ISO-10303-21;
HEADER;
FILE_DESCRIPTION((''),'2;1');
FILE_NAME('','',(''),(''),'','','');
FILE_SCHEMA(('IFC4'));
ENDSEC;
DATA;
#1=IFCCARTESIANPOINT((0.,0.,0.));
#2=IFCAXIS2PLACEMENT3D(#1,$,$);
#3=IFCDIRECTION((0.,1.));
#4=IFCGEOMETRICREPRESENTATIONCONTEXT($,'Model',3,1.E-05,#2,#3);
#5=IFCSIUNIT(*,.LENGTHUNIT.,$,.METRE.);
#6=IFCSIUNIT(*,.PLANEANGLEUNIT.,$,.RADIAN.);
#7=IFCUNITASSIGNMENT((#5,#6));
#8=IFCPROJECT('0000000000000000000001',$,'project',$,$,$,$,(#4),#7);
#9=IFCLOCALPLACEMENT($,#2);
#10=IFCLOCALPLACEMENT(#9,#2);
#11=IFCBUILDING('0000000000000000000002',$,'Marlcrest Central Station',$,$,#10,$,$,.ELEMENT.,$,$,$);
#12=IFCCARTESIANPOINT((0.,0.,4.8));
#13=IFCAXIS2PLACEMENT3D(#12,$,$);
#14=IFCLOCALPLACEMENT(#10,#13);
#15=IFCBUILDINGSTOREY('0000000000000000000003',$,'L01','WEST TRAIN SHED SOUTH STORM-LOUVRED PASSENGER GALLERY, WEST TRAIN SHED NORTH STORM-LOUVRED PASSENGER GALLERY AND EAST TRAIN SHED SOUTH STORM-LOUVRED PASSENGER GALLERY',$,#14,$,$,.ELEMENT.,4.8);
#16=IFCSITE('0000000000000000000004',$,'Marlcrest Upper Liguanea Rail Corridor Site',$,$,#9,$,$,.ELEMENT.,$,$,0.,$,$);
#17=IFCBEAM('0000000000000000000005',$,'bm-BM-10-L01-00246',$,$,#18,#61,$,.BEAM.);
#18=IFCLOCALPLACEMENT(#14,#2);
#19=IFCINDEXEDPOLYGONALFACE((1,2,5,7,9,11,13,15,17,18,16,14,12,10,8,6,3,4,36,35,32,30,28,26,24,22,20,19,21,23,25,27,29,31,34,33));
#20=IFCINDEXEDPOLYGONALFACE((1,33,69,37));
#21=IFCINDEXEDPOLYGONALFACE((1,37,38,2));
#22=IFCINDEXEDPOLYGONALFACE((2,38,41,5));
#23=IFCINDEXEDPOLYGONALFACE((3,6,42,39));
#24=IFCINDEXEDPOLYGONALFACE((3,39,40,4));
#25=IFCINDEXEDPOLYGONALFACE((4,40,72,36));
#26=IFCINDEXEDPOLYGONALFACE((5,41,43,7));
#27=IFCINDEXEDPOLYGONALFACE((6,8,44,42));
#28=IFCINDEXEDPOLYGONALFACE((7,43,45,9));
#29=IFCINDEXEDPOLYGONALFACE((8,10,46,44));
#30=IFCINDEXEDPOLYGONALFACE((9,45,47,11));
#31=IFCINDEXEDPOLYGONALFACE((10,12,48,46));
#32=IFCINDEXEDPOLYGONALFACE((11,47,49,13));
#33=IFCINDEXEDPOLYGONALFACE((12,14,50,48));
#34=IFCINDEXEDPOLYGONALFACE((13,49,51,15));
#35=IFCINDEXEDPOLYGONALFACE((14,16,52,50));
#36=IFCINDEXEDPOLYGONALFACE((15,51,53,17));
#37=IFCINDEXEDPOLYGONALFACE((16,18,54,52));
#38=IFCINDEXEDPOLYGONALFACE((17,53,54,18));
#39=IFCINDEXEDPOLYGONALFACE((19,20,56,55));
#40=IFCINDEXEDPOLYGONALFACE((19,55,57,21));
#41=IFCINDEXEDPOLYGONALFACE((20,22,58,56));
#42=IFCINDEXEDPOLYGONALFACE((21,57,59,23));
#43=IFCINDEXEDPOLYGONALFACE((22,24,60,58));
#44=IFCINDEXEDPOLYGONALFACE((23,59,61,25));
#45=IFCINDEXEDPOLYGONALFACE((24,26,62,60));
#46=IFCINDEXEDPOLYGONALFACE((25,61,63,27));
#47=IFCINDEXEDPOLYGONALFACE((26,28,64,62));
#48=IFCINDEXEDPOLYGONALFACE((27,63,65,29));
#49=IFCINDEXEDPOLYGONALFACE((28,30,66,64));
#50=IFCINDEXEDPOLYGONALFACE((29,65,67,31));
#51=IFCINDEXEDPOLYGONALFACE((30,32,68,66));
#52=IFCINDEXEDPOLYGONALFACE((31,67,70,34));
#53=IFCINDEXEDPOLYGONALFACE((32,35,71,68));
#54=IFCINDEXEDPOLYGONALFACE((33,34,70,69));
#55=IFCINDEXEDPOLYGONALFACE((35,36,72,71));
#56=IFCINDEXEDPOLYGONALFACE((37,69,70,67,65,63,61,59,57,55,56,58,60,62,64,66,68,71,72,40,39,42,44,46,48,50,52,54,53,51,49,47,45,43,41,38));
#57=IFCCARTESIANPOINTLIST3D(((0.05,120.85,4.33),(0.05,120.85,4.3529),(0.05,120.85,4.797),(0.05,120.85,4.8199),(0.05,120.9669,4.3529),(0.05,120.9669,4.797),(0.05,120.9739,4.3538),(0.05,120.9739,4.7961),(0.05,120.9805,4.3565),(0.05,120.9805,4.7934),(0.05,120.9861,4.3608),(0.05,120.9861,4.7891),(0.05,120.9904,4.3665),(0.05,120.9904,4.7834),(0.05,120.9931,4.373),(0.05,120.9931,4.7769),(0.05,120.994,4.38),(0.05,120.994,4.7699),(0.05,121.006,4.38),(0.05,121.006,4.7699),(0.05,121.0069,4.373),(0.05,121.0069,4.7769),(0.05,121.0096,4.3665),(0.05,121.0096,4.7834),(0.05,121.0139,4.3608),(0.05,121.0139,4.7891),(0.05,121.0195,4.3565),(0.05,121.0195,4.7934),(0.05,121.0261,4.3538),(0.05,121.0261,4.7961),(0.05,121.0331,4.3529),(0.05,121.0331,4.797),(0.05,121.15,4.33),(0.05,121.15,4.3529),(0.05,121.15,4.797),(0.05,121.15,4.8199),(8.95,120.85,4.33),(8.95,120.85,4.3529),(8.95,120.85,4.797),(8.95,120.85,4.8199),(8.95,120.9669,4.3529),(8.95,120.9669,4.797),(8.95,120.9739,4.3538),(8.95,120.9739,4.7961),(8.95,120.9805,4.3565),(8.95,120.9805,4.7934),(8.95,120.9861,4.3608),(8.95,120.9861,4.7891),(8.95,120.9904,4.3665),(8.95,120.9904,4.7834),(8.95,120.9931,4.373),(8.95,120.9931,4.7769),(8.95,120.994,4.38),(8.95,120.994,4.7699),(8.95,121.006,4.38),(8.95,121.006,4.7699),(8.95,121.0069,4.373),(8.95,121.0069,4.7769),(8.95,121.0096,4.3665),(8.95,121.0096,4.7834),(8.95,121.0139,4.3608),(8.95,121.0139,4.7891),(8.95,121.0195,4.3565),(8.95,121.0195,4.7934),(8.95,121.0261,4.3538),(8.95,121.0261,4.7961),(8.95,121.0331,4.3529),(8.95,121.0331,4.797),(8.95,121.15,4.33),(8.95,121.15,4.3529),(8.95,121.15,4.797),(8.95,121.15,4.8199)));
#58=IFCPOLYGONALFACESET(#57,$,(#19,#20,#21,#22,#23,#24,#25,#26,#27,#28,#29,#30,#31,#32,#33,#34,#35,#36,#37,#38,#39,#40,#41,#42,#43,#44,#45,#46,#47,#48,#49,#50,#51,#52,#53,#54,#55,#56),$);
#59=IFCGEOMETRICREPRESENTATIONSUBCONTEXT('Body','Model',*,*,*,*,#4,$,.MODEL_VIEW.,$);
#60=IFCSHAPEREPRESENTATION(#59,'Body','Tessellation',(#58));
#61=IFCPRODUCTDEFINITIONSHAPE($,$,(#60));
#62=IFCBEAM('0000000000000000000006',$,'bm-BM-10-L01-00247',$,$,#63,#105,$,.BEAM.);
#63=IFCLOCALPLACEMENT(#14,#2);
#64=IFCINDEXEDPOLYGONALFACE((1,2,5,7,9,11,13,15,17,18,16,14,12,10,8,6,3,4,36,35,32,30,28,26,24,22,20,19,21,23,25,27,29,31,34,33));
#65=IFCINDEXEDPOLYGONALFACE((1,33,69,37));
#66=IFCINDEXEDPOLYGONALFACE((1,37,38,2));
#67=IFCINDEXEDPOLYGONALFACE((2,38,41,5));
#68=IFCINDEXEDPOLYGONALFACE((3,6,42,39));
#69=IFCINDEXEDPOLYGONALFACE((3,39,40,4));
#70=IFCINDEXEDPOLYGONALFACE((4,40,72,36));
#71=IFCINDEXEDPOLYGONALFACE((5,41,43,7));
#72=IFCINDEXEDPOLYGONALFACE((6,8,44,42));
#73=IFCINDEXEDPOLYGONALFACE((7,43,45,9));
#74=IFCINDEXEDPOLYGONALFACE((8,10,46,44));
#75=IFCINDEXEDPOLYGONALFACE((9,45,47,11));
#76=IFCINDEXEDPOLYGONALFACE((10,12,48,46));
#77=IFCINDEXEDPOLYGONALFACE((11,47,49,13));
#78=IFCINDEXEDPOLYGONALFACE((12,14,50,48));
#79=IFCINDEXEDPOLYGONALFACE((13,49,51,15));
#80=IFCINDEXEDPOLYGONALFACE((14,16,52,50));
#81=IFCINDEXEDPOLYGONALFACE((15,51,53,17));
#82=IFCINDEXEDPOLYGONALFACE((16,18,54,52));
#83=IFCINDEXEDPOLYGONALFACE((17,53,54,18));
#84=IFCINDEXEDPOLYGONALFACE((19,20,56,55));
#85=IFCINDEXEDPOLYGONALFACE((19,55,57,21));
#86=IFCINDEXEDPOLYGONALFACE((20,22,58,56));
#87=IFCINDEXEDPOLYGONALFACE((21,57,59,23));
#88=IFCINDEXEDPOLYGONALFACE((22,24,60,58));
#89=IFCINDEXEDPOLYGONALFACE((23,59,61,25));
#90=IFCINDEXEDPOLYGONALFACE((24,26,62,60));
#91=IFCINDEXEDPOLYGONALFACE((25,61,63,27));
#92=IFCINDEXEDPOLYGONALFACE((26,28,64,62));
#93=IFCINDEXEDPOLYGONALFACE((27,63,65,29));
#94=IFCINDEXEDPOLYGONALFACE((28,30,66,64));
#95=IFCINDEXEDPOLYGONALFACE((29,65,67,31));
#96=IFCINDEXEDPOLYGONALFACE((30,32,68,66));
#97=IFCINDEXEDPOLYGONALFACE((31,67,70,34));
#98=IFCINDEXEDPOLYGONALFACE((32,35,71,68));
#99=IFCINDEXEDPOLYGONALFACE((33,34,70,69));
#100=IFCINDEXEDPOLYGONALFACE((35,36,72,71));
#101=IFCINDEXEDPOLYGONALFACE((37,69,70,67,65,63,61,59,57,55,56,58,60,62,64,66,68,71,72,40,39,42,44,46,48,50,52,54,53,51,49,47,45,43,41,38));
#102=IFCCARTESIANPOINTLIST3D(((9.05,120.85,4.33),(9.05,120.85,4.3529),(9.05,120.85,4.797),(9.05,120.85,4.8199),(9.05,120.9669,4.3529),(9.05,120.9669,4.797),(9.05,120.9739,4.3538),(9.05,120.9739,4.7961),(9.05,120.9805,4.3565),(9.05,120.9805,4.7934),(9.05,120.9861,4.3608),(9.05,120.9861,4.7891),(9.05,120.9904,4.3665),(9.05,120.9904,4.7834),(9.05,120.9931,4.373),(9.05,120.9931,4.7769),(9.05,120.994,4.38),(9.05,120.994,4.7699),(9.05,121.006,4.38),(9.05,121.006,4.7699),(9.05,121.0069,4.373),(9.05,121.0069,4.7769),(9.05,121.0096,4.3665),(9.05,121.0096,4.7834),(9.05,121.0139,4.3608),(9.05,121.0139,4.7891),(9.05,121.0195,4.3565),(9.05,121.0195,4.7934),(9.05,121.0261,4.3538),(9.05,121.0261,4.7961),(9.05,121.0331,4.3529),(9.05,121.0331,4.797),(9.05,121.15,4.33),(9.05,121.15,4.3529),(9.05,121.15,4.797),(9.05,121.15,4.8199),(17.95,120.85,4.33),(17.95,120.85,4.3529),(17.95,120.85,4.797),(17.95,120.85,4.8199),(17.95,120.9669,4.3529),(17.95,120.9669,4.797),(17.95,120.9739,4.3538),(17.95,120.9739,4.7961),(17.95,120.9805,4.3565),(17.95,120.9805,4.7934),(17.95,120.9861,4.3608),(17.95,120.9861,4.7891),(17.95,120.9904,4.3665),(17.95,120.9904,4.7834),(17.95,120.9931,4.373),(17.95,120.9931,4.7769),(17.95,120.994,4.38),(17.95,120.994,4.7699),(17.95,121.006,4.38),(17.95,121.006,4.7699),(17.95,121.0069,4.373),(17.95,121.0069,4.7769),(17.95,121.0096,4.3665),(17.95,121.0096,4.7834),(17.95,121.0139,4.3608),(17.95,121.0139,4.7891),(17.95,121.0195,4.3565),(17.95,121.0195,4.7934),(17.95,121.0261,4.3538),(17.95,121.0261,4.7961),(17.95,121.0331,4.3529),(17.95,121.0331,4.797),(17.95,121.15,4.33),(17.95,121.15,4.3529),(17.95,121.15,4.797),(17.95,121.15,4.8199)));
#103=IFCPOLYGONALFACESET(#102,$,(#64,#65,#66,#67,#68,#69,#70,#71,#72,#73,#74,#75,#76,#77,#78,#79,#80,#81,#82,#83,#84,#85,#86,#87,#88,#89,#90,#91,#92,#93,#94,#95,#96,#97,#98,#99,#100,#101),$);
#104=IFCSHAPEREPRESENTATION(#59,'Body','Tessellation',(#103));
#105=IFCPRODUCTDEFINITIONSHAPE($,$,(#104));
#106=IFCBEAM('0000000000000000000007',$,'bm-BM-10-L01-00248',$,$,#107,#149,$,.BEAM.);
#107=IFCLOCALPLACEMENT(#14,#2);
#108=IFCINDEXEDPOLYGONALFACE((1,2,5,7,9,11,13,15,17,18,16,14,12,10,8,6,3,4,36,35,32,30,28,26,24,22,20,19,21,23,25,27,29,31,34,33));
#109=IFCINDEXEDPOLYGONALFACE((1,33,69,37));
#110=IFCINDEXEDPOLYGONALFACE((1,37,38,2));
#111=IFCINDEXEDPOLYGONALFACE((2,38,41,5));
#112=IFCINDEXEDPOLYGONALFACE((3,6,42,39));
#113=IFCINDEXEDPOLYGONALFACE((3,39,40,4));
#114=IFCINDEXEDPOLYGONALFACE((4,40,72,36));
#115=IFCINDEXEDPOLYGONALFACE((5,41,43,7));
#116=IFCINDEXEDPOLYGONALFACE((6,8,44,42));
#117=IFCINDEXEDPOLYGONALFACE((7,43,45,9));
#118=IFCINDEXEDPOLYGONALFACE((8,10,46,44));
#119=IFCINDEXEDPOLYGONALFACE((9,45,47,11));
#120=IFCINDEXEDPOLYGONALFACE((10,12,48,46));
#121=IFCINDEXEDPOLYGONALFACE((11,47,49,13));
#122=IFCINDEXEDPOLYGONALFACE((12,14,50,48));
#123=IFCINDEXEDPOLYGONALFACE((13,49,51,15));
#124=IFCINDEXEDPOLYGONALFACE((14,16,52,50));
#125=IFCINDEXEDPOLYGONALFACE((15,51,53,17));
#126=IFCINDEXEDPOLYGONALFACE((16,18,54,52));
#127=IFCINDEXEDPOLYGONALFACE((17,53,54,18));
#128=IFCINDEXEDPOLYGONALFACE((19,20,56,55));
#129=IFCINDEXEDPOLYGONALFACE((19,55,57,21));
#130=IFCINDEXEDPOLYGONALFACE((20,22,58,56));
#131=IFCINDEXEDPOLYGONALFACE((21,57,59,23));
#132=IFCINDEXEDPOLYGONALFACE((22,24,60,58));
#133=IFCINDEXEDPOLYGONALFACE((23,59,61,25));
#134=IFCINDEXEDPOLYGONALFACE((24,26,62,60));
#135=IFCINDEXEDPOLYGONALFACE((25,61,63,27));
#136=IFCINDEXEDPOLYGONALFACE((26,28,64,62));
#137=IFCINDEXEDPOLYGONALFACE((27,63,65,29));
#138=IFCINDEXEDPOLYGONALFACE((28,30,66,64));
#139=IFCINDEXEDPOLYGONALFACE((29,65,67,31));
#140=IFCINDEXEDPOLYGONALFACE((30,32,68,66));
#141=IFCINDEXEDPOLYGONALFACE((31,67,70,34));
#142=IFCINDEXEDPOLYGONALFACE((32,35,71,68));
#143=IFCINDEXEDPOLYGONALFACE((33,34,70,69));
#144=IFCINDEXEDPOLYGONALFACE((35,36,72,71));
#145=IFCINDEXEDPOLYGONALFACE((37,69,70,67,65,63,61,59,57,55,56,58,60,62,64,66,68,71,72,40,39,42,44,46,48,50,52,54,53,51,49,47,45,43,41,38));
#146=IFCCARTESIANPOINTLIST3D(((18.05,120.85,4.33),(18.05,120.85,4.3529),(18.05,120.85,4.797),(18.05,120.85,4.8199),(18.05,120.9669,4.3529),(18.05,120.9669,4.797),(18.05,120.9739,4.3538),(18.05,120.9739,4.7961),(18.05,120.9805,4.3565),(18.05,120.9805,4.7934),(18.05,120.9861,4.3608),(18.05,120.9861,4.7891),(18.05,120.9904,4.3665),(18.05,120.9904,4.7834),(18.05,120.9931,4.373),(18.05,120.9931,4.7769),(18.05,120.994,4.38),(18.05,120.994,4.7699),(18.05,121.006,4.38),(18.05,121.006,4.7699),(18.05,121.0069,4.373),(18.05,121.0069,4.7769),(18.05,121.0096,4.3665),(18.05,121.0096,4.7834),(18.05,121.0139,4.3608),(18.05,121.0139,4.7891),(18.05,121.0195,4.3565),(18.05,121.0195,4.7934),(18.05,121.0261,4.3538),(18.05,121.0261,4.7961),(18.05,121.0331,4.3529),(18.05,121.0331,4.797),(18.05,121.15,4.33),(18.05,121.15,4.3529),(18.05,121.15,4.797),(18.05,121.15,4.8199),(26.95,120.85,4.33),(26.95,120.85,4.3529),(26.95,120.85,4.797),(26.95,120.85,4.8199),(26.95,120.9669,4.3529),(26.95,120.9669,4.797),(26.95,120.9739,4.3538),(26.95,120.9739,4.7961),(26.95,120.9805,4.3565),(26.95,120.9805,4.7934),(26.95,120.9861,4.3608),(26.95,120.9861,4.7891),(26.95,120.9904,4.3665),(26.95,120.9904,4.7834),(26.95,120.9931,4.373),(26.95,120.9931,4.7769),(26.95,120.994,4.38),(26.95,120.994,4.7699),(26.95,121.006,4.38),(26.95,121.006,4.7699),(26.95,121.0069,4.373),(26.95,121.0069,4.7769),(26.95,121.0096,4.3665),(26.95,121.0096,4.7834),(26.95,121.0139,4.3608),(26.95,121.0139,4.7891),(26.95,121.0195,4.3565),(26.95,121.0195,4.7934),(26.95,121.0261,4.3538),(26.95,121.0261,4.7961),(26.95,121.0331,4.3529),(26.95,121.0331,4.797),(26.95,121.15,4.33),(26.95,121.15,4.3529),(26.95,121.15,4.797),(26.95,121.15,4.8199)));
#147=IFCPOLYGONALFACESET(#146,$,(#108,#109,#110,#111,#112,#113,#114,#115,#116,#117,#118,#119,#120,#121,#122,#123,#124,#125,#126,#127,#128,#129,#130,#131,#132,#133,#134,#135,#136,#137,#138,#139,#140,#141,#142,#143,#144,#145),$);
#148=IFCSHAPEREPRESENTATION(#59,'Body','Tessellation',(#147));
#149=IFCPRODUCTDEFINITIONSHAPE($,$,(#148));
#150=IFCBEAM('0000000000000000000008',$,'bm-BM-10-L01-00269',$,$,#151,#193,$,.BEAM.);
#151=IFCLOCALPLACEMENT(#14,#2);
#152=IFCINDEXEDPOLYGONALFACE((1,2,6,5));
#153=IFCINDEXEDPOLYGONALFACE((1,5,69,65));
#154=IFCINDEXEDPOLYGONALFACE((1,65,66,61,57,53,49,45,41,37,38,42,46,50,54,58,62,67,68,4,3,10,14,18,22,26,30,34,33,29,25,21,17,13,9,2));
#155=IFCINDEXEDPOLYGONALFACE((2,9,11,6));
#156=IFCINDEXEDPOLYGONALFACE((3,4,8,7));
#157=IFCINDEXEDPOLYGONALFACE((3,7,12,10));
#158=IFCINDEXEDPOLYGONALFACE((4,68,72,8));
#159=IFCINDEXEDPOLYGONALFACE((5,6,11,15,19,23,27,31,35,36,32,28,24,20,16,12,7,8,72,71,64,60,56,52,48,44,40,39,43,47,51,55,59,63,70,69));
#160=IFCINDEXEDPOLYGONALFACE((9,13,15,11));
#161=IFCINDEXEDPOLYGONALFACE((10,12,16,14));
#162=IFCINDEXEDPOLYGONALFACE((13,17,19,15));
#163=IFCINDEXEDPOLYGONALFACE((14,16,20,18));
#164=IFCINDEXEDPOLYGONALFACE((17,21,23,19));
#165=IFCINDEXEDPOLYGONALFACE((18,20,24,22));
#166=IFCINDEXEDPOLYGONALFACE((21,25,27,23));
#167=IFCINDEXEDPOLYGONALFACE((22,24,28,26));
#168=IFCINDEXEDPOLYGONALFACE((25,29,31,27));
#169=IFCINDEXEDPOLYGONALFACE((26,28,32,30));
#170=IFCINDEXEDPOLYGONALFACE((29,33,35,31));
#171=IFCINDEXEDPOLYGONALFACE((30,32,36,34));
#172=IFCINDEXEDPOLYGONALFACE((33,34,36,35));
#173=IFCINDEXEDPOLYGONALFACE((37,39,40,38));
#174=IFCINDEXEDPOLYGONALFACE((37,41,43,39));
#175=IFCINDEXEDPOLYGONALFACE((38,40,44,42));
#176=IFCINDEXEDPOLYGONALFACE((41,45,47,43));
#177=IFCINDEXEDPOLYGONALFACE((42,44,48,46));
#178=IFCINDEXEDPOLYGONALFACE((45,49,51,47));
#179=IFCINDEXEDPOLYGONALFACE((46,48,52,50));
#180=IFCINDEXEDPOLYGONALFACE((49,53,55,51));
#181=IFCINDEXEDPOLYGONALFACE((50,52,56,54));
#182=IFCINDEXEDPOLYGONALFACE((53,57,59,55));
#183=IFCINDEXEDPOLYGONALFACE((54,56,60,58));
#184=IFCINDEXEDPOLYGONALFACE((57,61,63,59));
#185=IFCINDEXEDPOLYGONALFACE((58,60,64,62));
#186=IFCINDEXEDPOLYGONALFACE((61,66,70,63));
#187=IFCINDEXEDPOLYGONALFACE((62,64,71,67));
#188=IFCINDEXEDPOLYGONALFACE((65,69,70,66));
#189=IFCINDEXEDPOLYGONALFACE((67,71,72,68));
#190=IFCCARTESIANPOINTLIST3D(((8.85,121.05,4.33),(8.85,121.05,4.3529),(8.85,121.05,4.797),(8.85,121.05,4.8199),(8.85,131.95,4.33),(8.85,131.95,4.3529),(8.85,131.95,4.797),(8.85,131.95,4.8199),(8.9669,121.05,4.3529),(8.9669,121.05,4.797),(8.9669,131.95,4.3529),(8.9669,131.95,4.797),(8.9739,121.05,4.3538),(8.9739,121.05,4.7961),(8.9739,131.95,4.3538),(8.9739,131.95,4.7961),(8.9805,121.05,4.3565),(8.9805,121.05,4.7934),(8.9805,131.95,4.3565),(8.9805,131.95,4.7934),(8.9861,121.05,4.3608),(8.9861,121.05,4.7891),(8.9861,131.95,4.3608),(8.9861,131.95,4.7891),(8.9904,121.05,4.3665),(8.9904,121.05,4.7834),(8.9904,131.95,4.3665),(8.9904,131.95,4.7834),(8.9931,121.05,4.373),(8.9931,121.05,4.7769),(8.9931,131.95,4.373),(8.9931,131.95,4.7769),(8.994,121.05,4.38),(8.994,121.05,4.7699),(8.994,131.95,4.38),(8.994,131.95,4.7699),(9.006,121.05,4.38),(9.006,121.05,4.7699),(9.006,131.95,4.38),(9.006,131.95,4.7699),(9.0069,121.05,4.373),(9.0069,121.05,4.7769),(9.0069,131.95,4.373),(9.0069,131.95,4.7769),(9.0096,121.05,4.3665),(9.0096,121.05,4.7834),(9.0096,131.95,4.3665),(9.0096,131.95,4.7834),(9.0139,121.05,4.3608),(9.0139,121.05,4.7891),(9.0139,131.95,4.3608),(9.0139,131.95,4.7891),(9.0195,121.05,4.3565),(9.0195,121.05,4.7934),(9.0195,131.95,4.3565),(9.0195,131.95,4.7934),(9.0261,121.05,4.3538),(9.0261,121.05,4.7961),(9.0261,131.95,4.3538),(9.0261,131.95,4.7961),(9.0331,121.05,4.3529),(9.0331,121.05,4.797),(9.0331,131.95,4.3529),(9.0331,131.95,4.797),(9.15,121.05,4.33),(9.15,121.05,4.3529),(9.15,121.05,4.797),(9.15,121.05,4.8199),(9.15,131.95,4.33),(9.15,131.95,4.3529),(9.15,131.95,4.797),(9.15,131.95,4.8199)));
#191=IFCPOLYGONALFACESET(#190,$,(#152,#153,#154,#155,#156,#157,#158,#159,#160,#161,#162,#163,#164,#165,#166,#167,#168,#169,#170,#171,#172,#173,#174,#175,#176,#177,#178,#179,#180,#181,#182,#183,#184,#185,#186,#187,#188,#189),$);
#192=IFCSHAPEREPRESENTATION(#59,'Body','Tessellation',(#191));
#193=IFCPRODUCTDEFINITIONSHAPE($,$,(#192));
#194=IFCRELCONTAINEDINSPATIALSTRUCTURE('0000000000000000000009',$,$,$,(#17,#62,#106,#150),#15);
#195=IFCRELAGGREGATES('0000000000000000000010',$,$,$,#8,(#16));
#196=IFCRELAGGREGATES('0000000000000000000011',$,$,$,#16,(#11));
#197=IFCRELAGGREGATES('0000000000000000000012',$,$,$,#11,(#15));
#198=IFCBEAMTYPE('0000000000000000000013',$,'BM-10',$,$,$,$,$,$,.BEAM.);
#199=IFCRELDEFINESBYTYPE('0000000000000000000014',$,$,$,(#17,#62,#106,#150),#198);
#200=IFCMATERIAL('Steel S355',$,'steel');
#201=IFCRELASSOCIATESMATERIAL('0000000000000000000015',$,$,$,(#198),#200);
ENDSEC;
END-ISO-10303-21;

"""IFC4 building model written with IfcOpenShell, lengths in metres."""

from ifc_helpers import new_model, si_unit, direction, frame, origin, origin_2d, place, context, subcontext, project, spatial, i_section, extrude, material, material_profile, profile_set, type_object, element, save


model = new_model("IFC4")

# Units and contexts
model_context = context("Model", 3, precision=1e-05, world=origin(), true_north=direction((0.0, 1.0)))
body_context = subcontext(model_context, "Body", "Model", "MODEL_VIEW")
ifc_project = project(units=[si_unit("LENGTHUNIT", "METRE"), si_unit("PLANEANGLEUNIT", "RADIAN")], contexts=[model_context])

# Site, building, storey
site_placement = place(None, origin())
site = spatial("IfcSite", under=ifc_project, at=site_placement, Name="Marlcrest Upper Liguanea Rail Corridor Site", CompositionType="ELEMENT", RefElevation=0.0)
building_placement = place(site_placement, origin())
building = spatial("IfcBuilding", under=site, at=building_placement, Name="Marlcrest Central Station", CompositionType="ELEMENT")
storey_placement = place(building_placement, frame((0.0, 0.0, 4.8)))
storey = spatial("IfcBuildingStorey", under=building, at=storey_placement, Name="L01", Description="WEST TRAIN SHED SOUTH STORM-LOUVRED PASSENGER GALLERY, WEST TRAIN SHED NORTH STORM-LOUVRED PASSENGER GALLERY AND EAST TRAIN SHED SOUTH STORM-LOUVRED PASSENGER GALLERY", CompositionType="ELEMENT", Elevation=4.8)

# Shared definitions
ifc_material_1 = material(Name="Steel S355", Category="steel")

# Beams
ifc_material_profile_1 = material_profile(ifc_material_1, i_section(OverallWidth=0.3, OverallDepth=0.49, WebThickness=0.012, FlangeThickness=0.0229, FilletRadius=0.0271, at=origin_2d()), Name="HEA 500")
ifc_profile_set_1 = profile_set([ifc_material_profile_1], Name="Steel S355")
beam_type_1 = type_object("IfcBeamType", Name="BM-10", PredefinedType="BEAM", material=ifc_profile_set_1)
for number, where, z_axis, x_axis, name in (
    (1, (0.05, 121.0, 4.575), (1.0, 0.0, 0.0), (0.0, 1.0, 0.0), "bm-BM-10-L01-00246"),
    (2, (9.05, 121.0, 4.575), (1.0, 0.0, 0.0), (0.0, 1.0, 0.0), "bm-BM-10-L01-00247"),
    (3, (18.05, 121.0, 4.575), (1.0, 0.0, 0.0), (0.0, 1.0, 0.0), "bm-BM-10-L01-00248"),
):
    element("IfcBeam", number, at=place(storey_placement, frame(where, z_axis=z_axis, x_axis=x_axis)), inside=storey, type_object=beam_type_1, Name=name, PredefinedType="BEAM", context=body_context, shape_type="SweptSolid", body=[
        extrude(i_section(OverallWidth=0.3, OverallDepth=0.49, WebThickness=0.012, FlangeThickness=0.0229, FilletRadius=0.0271, at=origin_2d()), origin(), (0.0, 0.0, 1.0), 8.8999),
    ])
for number, where, z_axis, x_axis, name in (
    (4, (9.0, 121.05, 4.575), (0.0, 1.0, 0.0), (-1.0, 0.0, 0.0), "bm-BM-10-L01-00269"),
):
    element("IfcBeam", number, at=place(storey_placement, frame(where, z_axis=z_axis, x_axis=x_axis)), inside=storey, type_object=beam_type_1, Name=name, PredefinedType="BEAM", context=body_context, shape_type="SweptSolid", body=[
        extrude(i_section(OverallWidth=0.3, OverallDepth=0.49, WebThickness=0.012, FlangeThickness=0.0229, FilletRadius=0.0271, at=origin_2d()), origin(), (0.0, 0.0, 1.0), 10.8999),
    ])

save(model, "model.ifc")
